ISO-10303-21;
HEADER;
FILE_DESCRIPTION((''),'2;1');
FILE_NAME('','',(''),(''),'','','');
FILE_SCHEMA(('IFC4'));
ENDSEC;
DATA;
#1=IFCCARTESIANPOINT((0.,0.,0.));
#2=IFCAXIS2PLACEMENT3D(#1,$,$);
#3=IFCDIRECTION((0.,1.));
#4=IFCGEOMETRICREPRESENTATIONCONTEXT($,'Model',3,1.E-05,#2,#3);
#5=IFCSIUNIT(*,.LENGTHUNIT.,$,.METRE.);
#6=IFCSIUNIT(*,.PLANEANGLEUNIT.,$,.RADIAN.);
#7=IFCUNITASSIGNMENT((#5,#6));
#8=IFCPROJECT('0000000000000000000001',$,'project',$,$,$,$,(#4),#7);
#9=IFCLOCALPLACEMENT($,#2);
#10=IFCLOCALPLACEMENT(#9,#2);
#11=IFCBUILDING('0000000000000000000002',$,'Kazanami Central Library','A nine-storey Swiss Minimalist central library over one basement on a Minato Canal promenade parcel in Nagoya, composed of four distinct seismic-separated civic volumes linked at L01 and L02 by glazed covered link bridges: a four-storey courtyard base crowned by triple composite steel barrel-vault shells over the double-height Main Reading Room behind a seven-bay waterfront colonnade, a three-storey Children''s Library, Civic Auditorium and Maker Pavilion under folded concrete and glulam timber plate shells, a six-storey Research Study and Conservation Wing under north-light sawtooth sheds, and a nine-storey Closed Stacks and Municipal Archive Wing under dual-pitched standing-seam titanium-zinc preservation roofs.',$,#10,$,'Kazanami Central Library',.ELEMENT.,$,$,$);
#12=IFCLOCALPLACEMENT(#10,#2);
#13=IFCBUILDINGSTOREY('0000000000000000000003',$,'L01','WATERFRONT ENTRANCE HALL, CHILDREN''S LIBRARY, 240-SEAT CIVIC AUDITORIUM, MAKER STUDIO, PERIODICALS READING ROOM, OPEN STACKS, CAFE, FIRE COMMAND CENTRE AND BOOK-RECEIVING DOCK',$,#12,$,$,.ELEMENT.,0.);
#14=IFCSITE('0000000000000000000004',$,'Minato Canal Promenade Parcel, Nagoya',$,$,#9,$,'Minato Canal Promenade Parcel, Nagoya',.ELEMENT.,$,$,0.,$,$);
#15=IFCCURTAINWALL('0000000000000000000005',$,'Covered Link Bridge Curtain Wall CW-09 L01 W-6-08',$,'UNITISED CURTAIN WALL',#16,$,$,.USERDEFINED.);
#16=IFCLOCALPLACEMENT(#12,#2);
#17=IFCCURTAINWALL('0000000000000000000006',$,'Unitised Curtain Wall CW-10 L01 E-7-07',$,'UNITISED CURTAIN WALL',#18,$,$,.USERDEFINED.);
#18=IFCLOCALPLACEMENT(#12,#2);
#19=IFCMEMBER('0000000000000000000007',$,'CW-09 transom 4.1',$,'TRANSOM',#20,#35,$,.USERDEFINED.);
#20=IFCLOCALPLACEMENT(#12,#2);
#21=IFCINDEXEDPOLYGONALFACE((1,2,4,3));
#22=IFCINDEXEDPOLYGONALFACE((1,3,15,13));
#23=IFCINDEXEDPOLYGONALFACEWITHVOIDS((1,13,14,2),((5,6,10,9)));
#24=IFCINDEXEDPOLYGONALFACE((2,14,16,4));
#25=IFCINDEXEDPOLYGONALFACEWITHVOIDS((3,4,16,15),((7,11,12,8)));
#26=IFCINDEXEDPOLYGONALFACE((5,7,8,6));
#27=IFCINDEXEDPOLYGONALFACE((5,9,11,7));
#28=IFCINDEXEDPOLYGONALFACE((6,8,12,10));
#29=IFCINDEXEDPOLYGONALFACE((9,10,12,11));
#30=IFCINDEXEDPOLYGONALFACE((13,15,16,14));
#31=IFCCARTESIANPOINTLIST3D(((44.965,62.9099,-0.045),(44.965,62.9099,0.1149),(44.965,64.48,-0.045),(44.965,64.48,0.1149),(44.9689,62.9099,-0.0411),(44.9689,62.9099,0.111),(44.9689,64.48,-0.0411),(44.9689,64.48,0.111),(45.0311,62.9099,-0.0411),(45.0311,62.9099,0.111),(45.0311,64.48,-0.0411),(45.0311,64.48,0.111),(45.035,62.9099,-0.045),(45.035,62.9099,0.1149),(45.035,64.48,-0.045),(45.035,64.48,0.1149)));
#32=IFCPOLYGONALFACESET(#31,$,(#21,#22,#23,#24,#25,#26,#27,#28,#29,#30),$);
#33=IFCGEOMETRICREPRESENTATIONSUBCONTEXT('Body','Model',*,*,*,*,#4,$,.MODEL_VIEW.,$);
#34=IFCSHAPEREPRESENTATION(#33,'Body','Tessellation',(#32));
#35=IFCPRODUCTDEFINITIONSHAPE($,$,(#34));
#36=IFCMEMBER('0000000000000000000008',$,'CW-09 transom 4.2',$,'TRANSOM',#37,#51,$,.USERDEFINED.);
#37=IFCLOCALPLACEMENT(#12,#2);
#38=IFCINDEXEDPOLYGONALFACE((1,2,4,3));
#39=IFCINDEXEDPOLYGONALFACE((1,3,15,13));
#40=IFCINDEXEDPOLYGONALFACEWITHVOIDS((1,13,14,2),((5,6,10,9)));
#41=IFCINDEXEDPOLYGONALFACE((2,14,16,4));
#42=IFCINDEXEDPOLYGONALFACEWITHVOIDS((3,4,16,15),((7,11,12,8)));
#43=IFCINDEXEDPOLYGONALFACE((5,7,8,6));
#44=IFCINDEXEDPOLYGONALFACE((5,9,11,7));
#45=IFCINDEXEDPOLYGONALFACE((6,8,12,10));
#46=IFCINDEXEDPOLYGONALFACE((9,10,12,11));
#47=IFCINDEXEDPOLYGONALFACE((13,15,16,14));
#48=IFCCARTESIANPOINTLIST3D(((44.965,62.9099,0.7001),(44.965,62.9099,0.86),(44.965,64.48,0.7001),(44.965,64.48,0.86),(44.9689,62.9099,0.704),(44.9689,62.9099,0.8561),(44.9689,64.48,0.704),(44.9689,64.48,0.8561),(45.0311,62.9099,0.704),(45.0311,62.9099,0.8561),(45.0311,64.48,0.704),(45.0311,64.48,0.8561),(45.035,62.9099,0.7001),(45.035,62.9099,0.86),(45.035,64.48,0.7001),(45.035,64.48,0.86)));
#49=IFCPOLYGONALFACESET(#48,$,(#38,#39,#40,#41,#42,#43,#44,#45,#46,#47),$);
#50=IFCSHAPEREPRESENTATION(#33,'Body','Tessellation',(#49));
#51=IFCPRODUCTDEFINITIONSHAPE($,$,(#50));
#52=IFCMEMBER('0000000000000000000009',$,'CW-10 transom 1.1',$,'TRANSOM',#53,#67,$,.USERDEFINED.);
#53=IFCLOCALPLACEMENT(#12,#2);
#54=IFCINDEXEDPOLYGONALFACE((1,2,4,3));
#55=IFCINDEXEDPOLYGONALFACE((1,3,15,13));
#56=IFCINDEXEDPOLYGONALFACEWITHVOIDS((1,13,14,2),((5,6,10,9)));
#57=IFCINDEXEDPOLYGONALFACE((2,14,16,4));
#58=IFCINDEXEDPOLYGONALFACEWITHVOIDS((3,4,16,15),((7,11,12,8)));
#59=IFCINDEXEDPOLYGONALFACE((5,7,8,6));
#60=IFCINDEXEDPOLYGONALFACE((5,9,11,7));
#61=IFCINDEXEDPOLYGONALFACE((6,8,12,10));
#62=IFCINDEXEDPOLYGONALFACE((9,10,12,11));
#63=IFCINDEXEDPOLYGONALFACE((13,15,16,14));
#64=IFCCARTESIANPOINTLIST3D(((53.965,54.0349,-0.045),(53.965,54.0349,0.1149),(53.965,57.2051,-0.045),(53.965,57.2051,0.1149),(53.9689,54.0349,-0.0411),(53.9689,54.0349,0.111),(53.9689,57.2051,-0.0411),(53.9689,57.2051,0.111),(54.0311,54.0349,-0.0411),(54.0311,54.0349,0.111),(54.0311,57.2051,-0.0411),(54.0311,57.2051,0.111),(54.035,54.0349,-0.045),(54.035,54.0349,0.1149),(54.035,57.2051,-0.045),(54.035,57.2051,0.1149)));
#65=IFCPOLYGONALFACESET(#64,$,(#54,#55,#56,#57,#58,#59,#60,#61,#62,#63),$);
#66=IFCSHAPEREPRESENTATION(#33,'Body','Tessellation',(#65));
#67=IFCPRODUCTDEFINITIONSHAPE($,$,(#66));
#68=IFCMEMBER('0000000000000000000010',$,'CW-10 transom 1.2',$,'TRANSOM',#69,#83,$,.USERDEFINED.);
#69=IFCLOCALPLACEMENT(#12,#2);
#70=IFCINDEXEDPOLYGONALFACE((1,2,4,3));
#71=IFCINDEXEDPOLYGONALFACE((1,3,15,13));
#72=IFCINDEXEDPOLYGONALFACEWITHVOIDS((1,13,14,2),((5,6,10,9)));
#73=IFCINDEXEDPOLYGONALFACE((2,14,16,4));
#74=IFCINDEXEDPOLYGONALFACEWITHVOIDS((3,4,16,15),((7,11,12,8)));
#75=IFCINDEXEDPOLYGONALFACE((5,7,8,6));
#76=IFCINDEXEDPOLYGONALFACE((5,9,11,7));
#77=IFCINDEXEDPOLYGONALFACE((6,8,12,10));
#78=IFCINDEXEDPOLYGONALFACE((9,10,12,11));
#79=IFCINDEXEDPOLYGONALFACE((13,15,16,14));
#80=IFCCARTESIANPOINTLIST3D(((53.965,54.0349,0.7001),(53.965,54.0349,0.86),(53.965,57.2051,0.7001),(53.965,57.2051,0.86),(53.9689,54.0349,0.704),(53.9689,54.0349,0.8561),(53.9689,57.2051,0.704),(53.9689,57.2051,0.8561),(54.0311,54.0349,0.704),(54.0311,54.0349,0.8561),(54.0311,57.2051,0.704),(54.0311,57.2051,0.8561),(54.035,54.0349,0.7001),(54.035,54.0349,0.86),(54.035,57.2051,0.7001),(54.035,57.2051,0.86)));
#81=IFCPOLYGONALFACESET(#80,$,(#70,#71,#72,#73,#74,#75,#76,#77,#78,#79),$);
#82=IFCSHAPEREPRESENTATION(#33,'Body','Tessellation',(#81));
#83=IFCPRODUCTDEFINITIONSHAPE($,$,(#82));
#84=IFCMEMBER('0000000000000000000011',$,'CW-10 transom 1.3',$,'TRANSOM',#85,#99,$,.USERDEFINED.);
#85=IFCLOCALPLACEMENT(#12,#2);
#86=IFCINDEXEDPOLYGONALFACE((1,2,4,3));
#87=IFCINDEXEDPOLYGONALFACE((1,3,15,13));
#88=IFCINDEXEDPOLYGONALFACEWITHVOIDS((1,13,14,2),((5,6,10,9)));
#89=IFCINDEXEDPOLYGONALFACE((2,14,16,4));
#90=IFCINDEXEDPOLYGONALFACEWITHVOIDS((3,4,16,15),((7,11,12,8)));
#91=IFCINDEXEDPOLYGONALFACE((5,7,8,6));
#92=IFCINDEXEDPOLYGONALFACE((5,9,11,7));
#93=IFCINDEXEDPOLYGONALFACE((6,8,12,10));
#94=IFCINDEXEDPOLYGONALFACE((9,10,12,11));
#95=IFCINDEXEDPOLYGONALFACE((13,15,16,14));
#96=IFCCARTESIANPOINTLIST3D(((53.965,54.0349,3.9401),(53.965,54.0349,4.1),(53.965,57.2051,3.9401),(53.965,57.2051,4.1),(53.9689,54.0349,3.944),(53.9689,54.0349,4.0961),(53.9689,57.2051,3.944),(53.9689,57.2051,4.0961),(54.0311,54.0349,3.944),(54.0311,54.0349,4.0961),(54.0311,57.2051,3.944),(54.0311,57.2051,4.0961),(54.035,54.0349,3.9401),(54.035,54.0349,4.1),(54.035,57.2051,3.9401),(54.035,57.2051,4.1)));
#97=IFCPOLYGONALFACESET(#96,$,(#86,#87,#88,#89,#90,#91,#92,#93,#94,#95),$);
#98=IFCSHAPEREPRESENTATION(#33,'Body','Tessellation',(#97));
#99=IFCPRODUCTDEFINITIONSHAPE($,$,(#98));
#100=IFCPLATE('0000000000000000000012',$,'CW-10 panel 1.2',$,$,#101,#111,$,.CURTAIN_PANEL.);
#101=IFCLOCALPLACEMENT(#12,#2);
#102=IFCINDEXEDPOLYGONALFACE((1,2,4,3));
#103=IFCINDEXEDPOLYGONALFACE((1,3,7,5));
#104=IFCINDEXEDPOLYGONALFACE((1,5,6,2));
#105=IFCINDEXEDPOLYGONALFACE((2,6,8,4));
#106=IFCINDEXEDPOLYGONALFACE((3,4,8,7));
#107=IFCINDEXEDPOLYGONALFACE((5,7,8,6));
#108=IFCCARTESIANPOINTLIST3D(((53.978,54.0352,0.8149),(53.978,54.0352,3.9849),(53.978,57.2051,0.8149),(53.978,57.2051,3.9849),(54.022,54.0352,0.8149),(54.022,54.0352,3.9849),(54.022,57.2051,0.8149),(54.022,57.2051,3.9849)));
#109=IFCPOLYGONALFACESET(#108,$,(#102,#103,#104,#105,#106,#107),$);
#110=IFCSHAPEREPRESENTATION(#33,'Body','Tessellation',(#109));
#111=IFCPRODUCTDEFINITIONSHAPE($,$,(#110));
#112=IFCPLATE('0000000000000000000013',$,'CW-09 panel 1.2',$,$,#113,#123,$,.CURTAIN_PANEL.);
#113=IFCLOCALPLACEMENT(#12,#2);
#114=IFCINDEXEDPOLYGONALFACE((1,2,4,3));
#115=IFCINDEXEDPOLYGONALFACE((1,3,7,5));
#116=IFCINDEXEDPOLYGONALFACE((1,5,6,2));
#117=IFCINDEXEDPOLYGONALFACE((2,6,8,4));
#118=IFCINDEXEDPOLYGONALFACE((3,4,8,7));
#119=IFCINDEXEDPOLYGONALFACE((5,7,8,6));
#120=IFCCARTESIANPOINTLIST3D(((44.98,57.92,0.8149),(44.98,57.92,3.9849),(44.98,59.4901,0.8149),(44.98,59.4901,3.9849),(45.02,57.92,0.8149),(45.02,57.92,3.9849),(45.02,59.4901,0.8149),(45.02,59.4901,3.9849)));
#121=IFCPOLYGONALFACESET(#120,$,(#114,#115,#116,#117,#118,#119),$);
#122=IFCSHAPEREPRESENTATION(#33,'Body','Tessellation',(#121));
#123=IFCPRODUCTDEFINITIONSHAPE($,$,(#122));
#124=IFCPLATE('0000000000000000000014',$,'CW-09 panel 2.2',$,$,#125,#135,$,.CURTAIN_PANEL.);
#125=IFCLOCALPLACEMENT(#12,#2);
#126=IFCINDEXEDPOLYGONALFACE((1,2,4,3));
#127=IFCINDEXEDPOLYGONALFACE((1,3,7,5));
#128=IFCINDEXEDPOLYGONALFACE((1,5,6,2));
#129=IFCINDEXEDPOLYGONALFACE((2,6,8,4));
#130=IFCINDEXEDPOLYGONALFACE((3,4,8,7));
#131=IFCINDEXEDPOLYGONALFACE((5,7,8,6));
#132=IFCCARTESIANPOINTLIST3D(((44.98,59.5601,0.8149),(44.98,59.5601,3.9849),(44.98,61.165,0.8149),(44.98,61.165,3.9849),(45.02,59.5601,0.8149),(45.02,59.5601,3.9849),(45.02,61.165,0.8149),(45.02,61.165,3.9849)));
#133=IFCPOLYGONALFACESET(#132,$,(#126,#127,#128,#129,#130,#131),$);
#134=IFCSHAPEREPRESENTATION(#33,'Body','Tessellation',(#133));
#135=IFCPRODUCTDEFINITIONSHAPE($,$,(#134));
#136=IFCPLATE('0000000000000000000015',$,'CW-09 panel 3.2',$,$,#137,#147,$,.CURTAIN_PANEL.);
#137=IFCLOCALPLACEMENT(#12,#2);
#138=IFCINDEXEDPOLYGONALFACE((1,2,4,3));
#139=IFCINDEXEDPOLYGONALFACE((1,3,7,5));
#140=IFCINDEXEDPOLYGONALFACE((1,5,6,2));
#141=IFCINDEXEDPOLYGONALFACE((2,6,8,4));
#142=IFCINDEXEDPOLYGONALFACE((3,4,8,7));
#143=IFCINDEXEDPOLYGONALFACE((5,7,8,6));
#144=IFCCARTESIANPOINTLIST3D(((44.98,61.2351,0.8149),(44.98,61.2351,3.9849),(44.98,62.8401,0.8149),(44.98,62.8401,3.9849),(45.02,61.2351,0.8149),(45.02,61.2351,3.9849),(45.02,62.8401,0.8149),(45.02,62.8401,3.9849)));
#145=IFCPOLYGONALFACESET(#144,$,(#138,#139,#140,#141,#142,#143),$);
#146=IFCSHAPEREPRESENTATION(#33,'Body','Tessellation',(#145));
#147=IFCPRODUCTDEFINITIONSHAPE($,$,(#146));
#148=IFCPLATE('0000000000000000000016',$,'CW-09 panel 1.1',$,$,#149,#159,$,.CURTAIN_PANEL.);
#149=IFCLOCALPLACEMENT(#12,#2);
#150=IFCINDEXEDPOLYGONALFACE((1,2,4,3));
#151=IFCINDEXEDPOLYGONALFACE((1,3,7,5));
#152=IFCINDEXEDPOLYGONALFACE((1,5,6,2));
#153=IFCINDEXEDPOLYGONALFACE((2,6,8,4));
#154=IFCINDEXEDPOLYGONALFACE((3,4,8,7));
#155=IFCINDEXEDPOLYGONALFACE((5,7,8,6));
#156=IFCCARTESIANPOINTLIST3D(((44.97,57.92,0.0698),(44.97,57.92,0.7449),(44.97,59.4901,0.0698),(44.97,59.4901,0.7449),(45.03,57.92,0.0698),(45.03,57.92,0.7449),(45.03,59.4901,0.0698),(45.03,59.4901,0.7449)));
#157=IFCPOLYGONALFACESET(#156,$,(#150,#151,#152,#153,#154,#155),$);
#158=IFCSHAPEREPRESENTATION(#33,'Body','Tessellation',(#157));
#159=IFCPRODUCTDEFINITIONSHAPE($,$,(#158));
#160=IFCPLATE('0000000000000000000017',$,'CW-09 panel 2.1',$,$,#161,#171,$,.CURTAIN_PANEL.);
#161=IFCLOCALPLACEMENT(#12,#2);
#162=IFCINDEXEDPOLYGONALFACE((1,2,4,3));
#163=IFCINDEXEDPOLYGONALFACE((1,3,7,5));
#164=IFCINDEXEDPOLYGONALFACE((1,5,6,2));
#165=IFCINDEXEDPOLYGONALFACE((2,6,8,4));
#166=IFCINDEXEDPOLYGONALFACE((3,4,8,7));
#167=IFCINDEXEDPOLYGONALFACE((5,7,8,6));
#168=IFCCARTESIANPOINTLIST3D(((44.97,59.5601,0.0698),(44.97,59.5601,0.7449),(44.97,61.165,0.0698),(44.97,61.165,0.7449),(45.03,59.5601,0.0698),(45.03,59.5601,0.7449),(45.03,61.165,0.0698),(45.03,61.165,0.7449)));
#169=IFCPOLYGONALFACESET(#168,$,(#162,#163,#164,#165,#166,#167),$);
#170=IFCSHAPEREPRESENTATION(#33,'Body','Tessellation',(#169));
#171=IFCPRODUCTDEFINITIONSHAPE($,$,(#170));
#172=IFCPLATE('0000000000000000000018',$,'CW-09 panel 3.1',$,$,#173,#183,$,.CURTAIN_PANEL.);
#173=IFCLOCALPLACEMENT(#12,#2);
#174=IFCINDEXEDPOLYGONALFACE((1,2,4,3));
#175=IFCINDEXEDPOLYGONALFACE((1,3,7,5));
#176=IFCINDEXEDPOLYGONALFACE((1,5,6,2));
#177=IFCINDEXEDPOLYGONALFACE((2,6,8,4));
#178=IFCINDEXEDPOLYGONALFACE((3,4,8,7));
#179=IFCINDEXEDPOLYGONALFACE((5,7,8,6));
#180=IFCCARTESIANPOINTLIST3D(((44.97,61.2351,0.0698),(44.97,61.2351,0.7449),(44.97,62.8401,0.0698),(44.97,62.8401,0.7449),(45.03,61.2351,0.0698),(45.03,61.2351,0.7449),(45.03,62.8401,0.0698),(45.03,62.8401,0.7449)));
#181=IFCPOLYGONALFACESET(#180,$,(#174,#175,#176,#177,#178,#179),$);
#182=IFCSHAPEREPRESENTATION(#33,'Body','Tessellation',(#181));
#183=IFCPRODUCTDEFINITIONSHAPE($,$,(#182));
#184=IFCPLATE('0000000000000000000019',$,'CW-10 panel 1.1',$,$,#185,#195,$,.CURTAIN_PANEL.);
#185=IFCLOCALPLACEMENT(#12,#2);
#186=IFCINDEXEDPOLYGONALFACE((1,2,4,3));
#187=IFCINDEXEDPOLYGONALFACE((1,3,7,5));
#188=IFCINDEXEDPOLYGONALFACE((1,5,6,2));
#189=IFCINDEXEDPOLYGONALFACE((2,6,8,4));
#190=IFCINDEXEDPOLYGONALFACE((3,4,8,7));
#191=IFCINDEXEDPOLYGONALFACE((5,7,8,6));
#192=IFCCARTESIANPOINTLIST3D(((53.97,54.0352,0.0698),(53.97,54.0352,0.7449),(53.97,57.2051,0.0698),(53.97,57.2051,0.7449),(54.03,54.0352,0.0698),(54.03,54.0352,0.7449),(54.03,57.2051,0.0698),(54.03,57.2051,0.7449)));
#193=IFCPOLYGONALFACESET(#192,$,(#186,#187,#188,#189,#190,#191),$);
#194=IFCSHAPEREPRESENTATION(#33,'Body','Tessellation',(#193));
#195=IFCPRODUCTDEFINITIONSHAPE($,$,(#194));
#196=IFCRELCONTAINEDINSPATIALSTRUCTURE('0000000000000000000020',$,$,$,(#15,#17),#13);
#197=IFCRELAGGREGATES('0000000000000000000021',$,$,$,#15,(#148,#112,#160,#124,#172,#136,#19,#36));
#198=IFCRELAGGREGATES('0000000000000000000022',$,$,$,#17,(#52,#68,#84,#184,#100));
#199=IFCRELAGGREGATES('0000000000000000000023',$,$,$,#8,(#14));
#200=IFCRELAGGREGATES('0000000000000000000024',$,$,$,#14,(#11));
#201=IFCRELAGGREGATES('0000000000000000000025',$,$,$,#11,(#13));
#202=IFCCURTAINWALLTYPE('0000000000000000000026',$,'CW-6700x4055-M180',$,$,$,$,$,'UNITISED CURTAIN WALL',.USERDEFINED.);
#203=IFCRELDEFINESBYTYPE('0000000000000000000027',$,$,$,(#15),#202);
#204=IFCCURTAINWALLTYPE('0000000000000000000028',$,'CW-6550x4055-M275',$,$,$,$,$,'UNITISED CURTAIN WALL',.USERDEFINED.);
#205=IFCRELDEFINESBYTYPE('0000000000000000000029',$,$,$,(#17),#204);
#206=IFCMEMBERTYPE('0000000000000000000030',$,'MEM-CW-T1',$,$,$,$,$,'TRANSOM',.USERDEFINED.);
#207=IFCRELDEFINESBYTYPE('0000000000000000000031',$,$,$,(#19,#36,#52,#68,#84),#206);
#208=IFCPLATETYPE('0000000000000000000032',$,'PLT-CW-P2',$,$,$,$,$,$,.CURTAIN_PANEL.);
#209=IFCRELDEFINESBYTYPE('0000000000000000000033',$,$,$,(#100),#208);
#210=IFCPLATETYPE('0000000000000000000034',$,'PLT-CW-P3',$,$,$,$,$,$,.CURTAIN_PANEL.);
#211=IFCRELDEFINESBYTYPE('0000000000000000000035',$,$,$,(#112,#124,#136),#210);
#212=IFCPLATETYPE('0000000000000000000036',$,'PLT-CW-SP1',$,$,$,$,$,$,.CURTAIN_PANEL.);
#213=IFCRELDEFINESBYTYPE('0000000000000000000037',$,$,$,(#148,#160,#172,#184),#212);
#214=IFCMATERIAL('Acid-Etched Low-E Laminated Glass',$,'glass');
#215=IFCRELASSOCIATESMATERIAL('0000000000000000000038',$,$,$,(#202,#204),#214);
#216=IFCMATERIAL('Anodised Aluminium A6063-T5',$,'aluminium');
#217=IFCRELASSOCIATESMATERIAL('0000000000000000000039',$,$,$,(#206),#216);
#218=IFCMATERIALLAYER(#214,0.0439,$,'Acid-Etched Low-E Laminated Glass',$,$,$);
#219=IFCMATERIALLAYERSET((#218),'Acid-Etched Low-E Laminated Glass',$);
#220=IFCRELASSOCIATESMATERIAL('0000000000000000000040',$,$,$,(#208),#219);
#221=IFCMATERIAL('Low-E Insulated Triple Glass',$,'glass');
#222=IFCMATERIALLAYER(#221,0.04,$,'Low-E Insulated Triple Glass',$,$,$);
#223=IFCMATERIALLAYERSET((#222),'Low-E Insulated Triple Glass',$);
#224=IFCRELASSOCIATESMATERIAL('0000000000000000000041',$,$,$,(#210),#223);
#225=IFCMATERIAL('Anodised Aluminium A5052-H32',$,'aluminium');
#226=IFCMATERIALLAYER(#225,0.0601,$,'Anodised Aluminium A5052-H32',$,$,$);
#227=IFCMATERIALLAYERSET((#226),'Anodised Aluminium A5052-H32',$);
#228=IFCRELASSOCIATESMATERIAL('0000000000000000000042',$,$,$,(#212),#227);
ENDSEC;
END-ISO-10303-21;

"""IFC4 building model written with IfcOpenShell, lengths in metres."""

from ifc_helpers import new_model, si_unit, direction, frame, origin, origin_2d, place, context, subcontext, project, spatial, rectangle, hollow_rectangle, extrude, material, layer, layer_set, material_profile, profile_set, type_object, element, aggregate, save


model = new_model("IFC4")

# Units and contexts
model_context = context("Model", 3, precision=1e-05, world=origin(), true_north=direction((0.0, 1.0)))
body_context = subcontext(model_context, "Body", "Model", "MODEL_VIEW")
ifc_project = project(units=[si_unit("LENGTHUNIT", "METRE"), si_unit("PLANEANGLEUNIT", "RADIAN")], contexts=[model_context])

# Site, building, storey
site_placement = place(None, origin())
site = spatial("IfcSite", under=ifc_project, at=site_placement, Name="Minato Canal Promenade Parcel, Nagoya", LongName="Minato Canal Promenade Parcel, Nagoya", CompositionType="ELEMENT", RefElevation=0.0)
building_placement = place(site_placement, origin())
building = spatial("IfcBuilding", under=site, at=building_placement, Name="Kazanami Central Library", Description="A nine-storey Swiss Minimalist central library over one basement on a Minato Canal promenade parcel in Nagoya, composed of four distinct seismic-separated civic volumes linked at L01 and L02 by glazed covered link bridges: a four-storey courtyard base crowned by triple composite steel barrel-vault shells over the double-height Main Reading Room behind a seven-bay waterfront colonnade, a three-storey Children's Library, Civic Auditorium and Maker Pavilion under folded concrete and glulam timber plate shells, a six-storey Research Study and Conservation Wing under north-light sawtooth sheds, and a nine-storey Closed Stacks and Municipal Archive Wing under dual-pitched standing-seam titanium-zinc preservation roofs.", LongName="Kazanami Central Library", CompositionType="ELEMENT")
storey_placement = place(building_placement, origin())
storey = spatial("IfcBuildingStorey", under=building, at=storey_placement, Name="L01", Description="WATERFRONT ENTRANCE HALL, CHILDREN'S LIBRARY, 240-SEAT CIVIC AUDITORIUM, MAKER STUDIO, PERIODICALS READING ROOM, OPEN STACKS, CAFE, FIRE COMMAND CENTRE AND BOOK-RECEIVING DOCK", CompositionType="ELEMENT", Elevation=0.0)

# Curtain walls
ifc_material_1 = material(Name="Acid-Etched Low-E Laminated Glass", Category="glass")
curtain_wall_type_1 = type_object("IfcCurtainWallType", Name="CW-6700x4055-M180", ElementType="UNITISED CURTAIN WALL", PredefinedType="USERDEFINED", material=ifc_material_1)
curtain_wall_1_placement = place(storey_placement, origin())
curtain_wall_1 = element("IfcCurtainWall", 1, at=curtain_wall_1_placement, inside=storey, type_object=curtain_wall_type_1, Name="Covered Link Bridge Curtain Wall CW-09 L01 W-6-08", ObjectType="UNITISED CURTAIN WALL", PredefinedType="USERDEFINED")
ifc_material_2 = material(Name="Anodised Aluminium A6063-T5", Category="aluminium")
curtain_wall_type_2 = type_object("IfcCurtainWallType", Name="CW-6550x4055-M275", ElementType="UNITISED CURTAIN WALL", PredefinedType="USERDEFINED", material=ifc_material_1)
curtain_wall_2_placement = place(storey_placement, origin())
curtain_wall_2 = element("IfcCurtainWall", 2, at=curtain_wall_2_placement, inside=storey, type_object=curtain_wall_type_2, Name="Unitised Curtain Wall CW-10 L01 E-7-07", ObjectType="UNITISED CURTAIN WALL", PredefinedType="USERDEFINED")

# Members
ifc_material_profile_1 = material_profile(ifc_material_2, hollow_rectangle(XDim=0.0701, YDim=0.1599, WallThickness=0.0039, at=origin_2d()), Name="ALU-TRAN-70x160x4")
ifc_profile_set_1 = profile_set([ifc_material_profile_1], Name="Anodised Aluminium A6063-T5")
member_type_1 = type_object("IfcMemberType", Name="MEM-CW-T1", ElementType="TRANSOM", PredefinedType="USERDEFINED", material=ifc_profile_set_1)
member_1_placement = place(storey_placement, frame((45.0, 62.9099, 0.0349), z_axis=(0.0, 1.0, 0.0), x_axis=(-1.0, 0.0, 0.0)))
member_1 = element("IfcMember", 3, at=member_1_placement, type_object=member_type_1, Name="CW-09 transom 4.1", ObjectType="TRANSOM", PredefinedType="USERDEFINED", context=body_context, shape_type="SweptSolid", body=[
    extrude(hollow_rectangle(XDim=0.0701, YDim=0.1599, WallThickness=0.0039, at=origin_2d()), origin(), (0.0, 0.0, 1.0), 1.5701),
])
member_2_placement = place(storey_placement, frame((45.0, 62.9099, 0.78), z_axis=(0.0, 1.0, 0.0), x_axis=(-1.0, 0.0, 0.0)))
member_2 = element("IfcMember", 4, at=member_2_placement, type_object=member_type_1, Name="CW-09 transom 4.2", ObjectType="TRANSOM", PredefinedType="USERDEFINED", context=body_context, shape_type="SweptSolid", body=[
    extrude(hollow_rectangle(XDim=0.0701, YDim=0.1599, WallThickness=0.0039, at=origin_2d()), origin(), (0.0, 0.0, 1.0), 1.5701),
])
member_3_placement = place(storey_placement, frame((54.0, 57.2051, 0.0349), z_axis=(0.0, -1.0, 0.0), x_axis=(1.0, 0.0, 0.0)))
member_3 = element("IfcMember", 5, at=member_3_placement, type_object=member_type_1, Name="CW-10 transom 1.1", ObjectType="TRANSOM", PredefinedType="USERDEFINED", context=body_context, shape_type="SweptSolid", body=[
    extrude(hollow_rectangle(XDim=0.0701, YDim=0.1599, WallThickness=0.0039, at=origin_2d()), origin(), (0.0, 0.0, 1.0), 3.1702),
])
member_4_placement = place(storey_placement, frame((54.0, 57.2051, 0.78), z_axis=(0.0, -1.0, 0.0), x_axis=(1.0, 0.0, 0.0)))
member_4 = element("IfcMember", 6, at=member_4_placement, type_object=member_type_1, Name="CW-10 transom 1.2", ObjectType="TRANSOM", PredefinedType="USERDEFINED", context=body_context, shape_type="SweptSolid", body=[
    extrude(hollow_rectangle(XDim=0.0701, YDim=0.1599, WallThickness=0.0039, at=origin_2d()), origin(), (0.0, 0.0, 1.0), 3.1702),
])
member_5_placement = place(storey_placement, frame((54.0, 57.2051, 4.02), z_axis=(0.0, -1.0, 0.0), x_axis=(1.0, 0.0, 0.0)))
member_5 = element("IfcMember", 7, at=member_5_placement, type_object=member_type_1, Name="CW-10 transom 1.3", ObjectType="TRANSOM", PredefinedType="USERDEFINED", context=body_context, shape_type="SweptSolid", body=[
    extrude(hollow_rectangle(XDim=0.0701, YDim=0.1599, WallThickness=0.0039, at=origin_2d()), origin(), (0.0, 0.0, 1.0), 3.1702),
])

# Plates
ifc_layer_1 = layer(ifc_material_1, 0.0439, Name="Acid-Etched Low-E Laminated Glass")
ifc_layer_set_1 = layer_set([ifc_layer_1], Name="Acid-Etched Low-E Laminated Glass")
plate_type_1 = type_object("IfcPlateType", Name="PLT-CW-P2", PredefinedType="CURTAIN_PANEL", material=ifc_layer_set_1)
plate_1_placement = place(storey_placement, frame((54.0, 55.6201, 0.8149), z_axis=(0.0, 0.0, 1.0), x_axis=(0.0, -1.0, 0.0)))
plate_1 = element("IfcPlate", 8, at=plate_1_placement, type_object=plate_type_1, Name="CW-10 panel 1.2", PredefinedType="CURTAIN_PANEL", context=body_context, shape_type="SweptSolid", body=[
    extrude(rectangle(XDim=3.1699, YDim=0.0439, at=origin_2d()), origin(), (0.0, 0.0, 1.0), 3.1699),
])
ifc_material_3 = material(Name="Low-E Insulated Triple Glass", Category="glass")
ifc_layer_2 = layer(ifc_material_3, 0.04, Name="Low-E Insulated Triple Glass")
ifc_layer_set_2 = layer_set([ifc_layer_2], Name="Low-E Insulated Triple Glass")
plate_type_2 = type_object("IfcPlateType", Name="PLT-CW-P3", PredefinedType="CURTAIN_PANEL", material=ifc_layer_set_2)
plate_2_placement = place(storey_placement, frame((45.0, 58.7051, 0.8149), z_axis=(0.0, 0.0, 1.0), x_axis=(0.0, 1.0, 0.0)))
plate_2 = element("IfcPlate", 9, at=plate_2_placement, type_object=plate_type_2, Name="CW-09 panel 1.2", PredefinedType="CURTAIN_PANEL", context=body_context, shape_type="SweptSolid", body=[
    extrude(rectangle(XDim=1.5701, YDim=0.04, at=origin_2d()), origin(), (0.0, 0.0, 1.0), 3.1699),
])
plate_3_placement = place(storey_placement, frame((45.0, 60.3625, 0.8149), z_axis=(0.0, 0.0, 1.0), x_axis=(0.0, 1.0, 0.0)))
plate_3 = element("IfcPlate", 10, at=plate_3_placement, type_object=plate_type_2, Name="CW-09 panel 2.2", PredefinedType="CURTAIN_PANEL", context=body_context, shape_type="SweptSolid", body=[
    extrude(rectangle(XDim=1.605, YDim=0.04, at=origin_2d()), origin(), (0.0, 0.0, 1.0), 3.1699),
])
plate_4_placement = place(storey_placement, frame((45.0, 62.0376, 0.8149), z_axis=(0.0, 0.0, 1.0), x_axis=(0.0, 1.0, 0.0)))
plate_4 = element("IfcPlate", 11, at=plate_4_placement, type_object=plate_type_2, Name="CW-09 panel 3.2", PredefinedType="CURTAIN_PANEL", context=body_context, shape_type="SweptSolid", body=[
    extrude(rectangle(XDim=1.605, YDim=0.04, at=origin_2d()), origin(), (0.0, 0.0, 1.0), 3.1699),
])
ifc_material_4 = material(Name="Anodised Aluminium A5052-H32", Category="aluminium")
ifc_layer_3 = layer(ifc_material_4, 0.0601, Name="Anodised Aluminium A5052-H32")
ifc_layer_set_3 = layer_set([ifc_layer_3], Name="Anodised Aluminium A5052-H32")
plate_type_3 = type_object("IfcPlateType", Name="PLT-CW-SP1", PredefinedType="CURTAIN_PANEL", material=ifc_layer_set_3)
plate_5_placement = place(storey_placement, frame((45.0, 58.7051, 0.0698), z_axis=(0.0, 0.0, 1.0), x_axis=(0.0, 1.0, 0.0)))
plate_5 = element("IfcPlate", 12, at=plate_5_placement, type_object=plate_type_3, Name="CW-09 panel 1.1", PredefinedType="CURTAIN_PANEL", context=body_context, shape_type="SweptSolid", body=[
    extrude(rectangle(XDim=1.5701, YDim=0.0601, at=origin_2d()), origin(), (0.0, 0.0, 1.0), 0.675),
])
plate_6_placement = place(storey_placement, frame((45.0, 60.3625, 0.0698), z_axis=(0.0, 0.0, 1.0), x_axis=(0.0, 1.0, 0.0)))
plate_6 = element("IfcPlate", 13, at=plate_6_placement, type_object=plate_type_3, Name="CW-09 panel 2.1", PredefinedType="CURTAIN_PANEL", context=body_context, shape_type="SweptSolid", body=[
    extrude(rectangle(XDim=1.605, YDim=0.0601, at=origin_2d()), origin(), (0.0, 0.0, 1.0), 0.675),
])
plate_7_placement = place(storey_placement, frame((45.0, 62.0376, 0.0698), z_axis=(0.0, 0.0, 1.0), x_axis=(0.0, 1.0, 0.0)))
plate_7 = element("IfcPlate", 14, at=plate_7_placement, type_object=plate_type_3, Name="CW-09 panel 3.1", PredefinedType="CURTAIN_PANEL", context=body_context, shape_type="SweptSolid", body=[
    extrude(rectangle(XDim=1.605, YDim=0.0601, at=origin_2d()), origin(), (0.0, 0.0, 1.0), 0.675),
])
aggregate(curtain_wall_1, [plate_5, plate_2, plate_6, plate_3, plate_7, plate_4, member_1, member_2])
plate_8_placement = place(storey_placement, frame((54.0, 55.6201, 0.0698), z_axis=(0.0, 0.0, 1.0), x_axis=(0.0, -1.0, 0.0)))
plate_8 = element("IfcPlate", 15, at=plate_8_placement, type_object=plate_type_3, Name="CW-10 panel 1.1", PredefinedType="CURTAIN_PANEL", context=body_context, shape_type="SweptSolid", body=[
    extrude(rectangle(XDim=3.1699, YDim=0.0601, at=origin_2d()), origin(), (0.0, 0.0, 1.0), 0.675),
])
aggregate(curtain_wall_2, [member_3, member_4, member_5, plate_8, plate_1])

save(model, "model.ifc")
